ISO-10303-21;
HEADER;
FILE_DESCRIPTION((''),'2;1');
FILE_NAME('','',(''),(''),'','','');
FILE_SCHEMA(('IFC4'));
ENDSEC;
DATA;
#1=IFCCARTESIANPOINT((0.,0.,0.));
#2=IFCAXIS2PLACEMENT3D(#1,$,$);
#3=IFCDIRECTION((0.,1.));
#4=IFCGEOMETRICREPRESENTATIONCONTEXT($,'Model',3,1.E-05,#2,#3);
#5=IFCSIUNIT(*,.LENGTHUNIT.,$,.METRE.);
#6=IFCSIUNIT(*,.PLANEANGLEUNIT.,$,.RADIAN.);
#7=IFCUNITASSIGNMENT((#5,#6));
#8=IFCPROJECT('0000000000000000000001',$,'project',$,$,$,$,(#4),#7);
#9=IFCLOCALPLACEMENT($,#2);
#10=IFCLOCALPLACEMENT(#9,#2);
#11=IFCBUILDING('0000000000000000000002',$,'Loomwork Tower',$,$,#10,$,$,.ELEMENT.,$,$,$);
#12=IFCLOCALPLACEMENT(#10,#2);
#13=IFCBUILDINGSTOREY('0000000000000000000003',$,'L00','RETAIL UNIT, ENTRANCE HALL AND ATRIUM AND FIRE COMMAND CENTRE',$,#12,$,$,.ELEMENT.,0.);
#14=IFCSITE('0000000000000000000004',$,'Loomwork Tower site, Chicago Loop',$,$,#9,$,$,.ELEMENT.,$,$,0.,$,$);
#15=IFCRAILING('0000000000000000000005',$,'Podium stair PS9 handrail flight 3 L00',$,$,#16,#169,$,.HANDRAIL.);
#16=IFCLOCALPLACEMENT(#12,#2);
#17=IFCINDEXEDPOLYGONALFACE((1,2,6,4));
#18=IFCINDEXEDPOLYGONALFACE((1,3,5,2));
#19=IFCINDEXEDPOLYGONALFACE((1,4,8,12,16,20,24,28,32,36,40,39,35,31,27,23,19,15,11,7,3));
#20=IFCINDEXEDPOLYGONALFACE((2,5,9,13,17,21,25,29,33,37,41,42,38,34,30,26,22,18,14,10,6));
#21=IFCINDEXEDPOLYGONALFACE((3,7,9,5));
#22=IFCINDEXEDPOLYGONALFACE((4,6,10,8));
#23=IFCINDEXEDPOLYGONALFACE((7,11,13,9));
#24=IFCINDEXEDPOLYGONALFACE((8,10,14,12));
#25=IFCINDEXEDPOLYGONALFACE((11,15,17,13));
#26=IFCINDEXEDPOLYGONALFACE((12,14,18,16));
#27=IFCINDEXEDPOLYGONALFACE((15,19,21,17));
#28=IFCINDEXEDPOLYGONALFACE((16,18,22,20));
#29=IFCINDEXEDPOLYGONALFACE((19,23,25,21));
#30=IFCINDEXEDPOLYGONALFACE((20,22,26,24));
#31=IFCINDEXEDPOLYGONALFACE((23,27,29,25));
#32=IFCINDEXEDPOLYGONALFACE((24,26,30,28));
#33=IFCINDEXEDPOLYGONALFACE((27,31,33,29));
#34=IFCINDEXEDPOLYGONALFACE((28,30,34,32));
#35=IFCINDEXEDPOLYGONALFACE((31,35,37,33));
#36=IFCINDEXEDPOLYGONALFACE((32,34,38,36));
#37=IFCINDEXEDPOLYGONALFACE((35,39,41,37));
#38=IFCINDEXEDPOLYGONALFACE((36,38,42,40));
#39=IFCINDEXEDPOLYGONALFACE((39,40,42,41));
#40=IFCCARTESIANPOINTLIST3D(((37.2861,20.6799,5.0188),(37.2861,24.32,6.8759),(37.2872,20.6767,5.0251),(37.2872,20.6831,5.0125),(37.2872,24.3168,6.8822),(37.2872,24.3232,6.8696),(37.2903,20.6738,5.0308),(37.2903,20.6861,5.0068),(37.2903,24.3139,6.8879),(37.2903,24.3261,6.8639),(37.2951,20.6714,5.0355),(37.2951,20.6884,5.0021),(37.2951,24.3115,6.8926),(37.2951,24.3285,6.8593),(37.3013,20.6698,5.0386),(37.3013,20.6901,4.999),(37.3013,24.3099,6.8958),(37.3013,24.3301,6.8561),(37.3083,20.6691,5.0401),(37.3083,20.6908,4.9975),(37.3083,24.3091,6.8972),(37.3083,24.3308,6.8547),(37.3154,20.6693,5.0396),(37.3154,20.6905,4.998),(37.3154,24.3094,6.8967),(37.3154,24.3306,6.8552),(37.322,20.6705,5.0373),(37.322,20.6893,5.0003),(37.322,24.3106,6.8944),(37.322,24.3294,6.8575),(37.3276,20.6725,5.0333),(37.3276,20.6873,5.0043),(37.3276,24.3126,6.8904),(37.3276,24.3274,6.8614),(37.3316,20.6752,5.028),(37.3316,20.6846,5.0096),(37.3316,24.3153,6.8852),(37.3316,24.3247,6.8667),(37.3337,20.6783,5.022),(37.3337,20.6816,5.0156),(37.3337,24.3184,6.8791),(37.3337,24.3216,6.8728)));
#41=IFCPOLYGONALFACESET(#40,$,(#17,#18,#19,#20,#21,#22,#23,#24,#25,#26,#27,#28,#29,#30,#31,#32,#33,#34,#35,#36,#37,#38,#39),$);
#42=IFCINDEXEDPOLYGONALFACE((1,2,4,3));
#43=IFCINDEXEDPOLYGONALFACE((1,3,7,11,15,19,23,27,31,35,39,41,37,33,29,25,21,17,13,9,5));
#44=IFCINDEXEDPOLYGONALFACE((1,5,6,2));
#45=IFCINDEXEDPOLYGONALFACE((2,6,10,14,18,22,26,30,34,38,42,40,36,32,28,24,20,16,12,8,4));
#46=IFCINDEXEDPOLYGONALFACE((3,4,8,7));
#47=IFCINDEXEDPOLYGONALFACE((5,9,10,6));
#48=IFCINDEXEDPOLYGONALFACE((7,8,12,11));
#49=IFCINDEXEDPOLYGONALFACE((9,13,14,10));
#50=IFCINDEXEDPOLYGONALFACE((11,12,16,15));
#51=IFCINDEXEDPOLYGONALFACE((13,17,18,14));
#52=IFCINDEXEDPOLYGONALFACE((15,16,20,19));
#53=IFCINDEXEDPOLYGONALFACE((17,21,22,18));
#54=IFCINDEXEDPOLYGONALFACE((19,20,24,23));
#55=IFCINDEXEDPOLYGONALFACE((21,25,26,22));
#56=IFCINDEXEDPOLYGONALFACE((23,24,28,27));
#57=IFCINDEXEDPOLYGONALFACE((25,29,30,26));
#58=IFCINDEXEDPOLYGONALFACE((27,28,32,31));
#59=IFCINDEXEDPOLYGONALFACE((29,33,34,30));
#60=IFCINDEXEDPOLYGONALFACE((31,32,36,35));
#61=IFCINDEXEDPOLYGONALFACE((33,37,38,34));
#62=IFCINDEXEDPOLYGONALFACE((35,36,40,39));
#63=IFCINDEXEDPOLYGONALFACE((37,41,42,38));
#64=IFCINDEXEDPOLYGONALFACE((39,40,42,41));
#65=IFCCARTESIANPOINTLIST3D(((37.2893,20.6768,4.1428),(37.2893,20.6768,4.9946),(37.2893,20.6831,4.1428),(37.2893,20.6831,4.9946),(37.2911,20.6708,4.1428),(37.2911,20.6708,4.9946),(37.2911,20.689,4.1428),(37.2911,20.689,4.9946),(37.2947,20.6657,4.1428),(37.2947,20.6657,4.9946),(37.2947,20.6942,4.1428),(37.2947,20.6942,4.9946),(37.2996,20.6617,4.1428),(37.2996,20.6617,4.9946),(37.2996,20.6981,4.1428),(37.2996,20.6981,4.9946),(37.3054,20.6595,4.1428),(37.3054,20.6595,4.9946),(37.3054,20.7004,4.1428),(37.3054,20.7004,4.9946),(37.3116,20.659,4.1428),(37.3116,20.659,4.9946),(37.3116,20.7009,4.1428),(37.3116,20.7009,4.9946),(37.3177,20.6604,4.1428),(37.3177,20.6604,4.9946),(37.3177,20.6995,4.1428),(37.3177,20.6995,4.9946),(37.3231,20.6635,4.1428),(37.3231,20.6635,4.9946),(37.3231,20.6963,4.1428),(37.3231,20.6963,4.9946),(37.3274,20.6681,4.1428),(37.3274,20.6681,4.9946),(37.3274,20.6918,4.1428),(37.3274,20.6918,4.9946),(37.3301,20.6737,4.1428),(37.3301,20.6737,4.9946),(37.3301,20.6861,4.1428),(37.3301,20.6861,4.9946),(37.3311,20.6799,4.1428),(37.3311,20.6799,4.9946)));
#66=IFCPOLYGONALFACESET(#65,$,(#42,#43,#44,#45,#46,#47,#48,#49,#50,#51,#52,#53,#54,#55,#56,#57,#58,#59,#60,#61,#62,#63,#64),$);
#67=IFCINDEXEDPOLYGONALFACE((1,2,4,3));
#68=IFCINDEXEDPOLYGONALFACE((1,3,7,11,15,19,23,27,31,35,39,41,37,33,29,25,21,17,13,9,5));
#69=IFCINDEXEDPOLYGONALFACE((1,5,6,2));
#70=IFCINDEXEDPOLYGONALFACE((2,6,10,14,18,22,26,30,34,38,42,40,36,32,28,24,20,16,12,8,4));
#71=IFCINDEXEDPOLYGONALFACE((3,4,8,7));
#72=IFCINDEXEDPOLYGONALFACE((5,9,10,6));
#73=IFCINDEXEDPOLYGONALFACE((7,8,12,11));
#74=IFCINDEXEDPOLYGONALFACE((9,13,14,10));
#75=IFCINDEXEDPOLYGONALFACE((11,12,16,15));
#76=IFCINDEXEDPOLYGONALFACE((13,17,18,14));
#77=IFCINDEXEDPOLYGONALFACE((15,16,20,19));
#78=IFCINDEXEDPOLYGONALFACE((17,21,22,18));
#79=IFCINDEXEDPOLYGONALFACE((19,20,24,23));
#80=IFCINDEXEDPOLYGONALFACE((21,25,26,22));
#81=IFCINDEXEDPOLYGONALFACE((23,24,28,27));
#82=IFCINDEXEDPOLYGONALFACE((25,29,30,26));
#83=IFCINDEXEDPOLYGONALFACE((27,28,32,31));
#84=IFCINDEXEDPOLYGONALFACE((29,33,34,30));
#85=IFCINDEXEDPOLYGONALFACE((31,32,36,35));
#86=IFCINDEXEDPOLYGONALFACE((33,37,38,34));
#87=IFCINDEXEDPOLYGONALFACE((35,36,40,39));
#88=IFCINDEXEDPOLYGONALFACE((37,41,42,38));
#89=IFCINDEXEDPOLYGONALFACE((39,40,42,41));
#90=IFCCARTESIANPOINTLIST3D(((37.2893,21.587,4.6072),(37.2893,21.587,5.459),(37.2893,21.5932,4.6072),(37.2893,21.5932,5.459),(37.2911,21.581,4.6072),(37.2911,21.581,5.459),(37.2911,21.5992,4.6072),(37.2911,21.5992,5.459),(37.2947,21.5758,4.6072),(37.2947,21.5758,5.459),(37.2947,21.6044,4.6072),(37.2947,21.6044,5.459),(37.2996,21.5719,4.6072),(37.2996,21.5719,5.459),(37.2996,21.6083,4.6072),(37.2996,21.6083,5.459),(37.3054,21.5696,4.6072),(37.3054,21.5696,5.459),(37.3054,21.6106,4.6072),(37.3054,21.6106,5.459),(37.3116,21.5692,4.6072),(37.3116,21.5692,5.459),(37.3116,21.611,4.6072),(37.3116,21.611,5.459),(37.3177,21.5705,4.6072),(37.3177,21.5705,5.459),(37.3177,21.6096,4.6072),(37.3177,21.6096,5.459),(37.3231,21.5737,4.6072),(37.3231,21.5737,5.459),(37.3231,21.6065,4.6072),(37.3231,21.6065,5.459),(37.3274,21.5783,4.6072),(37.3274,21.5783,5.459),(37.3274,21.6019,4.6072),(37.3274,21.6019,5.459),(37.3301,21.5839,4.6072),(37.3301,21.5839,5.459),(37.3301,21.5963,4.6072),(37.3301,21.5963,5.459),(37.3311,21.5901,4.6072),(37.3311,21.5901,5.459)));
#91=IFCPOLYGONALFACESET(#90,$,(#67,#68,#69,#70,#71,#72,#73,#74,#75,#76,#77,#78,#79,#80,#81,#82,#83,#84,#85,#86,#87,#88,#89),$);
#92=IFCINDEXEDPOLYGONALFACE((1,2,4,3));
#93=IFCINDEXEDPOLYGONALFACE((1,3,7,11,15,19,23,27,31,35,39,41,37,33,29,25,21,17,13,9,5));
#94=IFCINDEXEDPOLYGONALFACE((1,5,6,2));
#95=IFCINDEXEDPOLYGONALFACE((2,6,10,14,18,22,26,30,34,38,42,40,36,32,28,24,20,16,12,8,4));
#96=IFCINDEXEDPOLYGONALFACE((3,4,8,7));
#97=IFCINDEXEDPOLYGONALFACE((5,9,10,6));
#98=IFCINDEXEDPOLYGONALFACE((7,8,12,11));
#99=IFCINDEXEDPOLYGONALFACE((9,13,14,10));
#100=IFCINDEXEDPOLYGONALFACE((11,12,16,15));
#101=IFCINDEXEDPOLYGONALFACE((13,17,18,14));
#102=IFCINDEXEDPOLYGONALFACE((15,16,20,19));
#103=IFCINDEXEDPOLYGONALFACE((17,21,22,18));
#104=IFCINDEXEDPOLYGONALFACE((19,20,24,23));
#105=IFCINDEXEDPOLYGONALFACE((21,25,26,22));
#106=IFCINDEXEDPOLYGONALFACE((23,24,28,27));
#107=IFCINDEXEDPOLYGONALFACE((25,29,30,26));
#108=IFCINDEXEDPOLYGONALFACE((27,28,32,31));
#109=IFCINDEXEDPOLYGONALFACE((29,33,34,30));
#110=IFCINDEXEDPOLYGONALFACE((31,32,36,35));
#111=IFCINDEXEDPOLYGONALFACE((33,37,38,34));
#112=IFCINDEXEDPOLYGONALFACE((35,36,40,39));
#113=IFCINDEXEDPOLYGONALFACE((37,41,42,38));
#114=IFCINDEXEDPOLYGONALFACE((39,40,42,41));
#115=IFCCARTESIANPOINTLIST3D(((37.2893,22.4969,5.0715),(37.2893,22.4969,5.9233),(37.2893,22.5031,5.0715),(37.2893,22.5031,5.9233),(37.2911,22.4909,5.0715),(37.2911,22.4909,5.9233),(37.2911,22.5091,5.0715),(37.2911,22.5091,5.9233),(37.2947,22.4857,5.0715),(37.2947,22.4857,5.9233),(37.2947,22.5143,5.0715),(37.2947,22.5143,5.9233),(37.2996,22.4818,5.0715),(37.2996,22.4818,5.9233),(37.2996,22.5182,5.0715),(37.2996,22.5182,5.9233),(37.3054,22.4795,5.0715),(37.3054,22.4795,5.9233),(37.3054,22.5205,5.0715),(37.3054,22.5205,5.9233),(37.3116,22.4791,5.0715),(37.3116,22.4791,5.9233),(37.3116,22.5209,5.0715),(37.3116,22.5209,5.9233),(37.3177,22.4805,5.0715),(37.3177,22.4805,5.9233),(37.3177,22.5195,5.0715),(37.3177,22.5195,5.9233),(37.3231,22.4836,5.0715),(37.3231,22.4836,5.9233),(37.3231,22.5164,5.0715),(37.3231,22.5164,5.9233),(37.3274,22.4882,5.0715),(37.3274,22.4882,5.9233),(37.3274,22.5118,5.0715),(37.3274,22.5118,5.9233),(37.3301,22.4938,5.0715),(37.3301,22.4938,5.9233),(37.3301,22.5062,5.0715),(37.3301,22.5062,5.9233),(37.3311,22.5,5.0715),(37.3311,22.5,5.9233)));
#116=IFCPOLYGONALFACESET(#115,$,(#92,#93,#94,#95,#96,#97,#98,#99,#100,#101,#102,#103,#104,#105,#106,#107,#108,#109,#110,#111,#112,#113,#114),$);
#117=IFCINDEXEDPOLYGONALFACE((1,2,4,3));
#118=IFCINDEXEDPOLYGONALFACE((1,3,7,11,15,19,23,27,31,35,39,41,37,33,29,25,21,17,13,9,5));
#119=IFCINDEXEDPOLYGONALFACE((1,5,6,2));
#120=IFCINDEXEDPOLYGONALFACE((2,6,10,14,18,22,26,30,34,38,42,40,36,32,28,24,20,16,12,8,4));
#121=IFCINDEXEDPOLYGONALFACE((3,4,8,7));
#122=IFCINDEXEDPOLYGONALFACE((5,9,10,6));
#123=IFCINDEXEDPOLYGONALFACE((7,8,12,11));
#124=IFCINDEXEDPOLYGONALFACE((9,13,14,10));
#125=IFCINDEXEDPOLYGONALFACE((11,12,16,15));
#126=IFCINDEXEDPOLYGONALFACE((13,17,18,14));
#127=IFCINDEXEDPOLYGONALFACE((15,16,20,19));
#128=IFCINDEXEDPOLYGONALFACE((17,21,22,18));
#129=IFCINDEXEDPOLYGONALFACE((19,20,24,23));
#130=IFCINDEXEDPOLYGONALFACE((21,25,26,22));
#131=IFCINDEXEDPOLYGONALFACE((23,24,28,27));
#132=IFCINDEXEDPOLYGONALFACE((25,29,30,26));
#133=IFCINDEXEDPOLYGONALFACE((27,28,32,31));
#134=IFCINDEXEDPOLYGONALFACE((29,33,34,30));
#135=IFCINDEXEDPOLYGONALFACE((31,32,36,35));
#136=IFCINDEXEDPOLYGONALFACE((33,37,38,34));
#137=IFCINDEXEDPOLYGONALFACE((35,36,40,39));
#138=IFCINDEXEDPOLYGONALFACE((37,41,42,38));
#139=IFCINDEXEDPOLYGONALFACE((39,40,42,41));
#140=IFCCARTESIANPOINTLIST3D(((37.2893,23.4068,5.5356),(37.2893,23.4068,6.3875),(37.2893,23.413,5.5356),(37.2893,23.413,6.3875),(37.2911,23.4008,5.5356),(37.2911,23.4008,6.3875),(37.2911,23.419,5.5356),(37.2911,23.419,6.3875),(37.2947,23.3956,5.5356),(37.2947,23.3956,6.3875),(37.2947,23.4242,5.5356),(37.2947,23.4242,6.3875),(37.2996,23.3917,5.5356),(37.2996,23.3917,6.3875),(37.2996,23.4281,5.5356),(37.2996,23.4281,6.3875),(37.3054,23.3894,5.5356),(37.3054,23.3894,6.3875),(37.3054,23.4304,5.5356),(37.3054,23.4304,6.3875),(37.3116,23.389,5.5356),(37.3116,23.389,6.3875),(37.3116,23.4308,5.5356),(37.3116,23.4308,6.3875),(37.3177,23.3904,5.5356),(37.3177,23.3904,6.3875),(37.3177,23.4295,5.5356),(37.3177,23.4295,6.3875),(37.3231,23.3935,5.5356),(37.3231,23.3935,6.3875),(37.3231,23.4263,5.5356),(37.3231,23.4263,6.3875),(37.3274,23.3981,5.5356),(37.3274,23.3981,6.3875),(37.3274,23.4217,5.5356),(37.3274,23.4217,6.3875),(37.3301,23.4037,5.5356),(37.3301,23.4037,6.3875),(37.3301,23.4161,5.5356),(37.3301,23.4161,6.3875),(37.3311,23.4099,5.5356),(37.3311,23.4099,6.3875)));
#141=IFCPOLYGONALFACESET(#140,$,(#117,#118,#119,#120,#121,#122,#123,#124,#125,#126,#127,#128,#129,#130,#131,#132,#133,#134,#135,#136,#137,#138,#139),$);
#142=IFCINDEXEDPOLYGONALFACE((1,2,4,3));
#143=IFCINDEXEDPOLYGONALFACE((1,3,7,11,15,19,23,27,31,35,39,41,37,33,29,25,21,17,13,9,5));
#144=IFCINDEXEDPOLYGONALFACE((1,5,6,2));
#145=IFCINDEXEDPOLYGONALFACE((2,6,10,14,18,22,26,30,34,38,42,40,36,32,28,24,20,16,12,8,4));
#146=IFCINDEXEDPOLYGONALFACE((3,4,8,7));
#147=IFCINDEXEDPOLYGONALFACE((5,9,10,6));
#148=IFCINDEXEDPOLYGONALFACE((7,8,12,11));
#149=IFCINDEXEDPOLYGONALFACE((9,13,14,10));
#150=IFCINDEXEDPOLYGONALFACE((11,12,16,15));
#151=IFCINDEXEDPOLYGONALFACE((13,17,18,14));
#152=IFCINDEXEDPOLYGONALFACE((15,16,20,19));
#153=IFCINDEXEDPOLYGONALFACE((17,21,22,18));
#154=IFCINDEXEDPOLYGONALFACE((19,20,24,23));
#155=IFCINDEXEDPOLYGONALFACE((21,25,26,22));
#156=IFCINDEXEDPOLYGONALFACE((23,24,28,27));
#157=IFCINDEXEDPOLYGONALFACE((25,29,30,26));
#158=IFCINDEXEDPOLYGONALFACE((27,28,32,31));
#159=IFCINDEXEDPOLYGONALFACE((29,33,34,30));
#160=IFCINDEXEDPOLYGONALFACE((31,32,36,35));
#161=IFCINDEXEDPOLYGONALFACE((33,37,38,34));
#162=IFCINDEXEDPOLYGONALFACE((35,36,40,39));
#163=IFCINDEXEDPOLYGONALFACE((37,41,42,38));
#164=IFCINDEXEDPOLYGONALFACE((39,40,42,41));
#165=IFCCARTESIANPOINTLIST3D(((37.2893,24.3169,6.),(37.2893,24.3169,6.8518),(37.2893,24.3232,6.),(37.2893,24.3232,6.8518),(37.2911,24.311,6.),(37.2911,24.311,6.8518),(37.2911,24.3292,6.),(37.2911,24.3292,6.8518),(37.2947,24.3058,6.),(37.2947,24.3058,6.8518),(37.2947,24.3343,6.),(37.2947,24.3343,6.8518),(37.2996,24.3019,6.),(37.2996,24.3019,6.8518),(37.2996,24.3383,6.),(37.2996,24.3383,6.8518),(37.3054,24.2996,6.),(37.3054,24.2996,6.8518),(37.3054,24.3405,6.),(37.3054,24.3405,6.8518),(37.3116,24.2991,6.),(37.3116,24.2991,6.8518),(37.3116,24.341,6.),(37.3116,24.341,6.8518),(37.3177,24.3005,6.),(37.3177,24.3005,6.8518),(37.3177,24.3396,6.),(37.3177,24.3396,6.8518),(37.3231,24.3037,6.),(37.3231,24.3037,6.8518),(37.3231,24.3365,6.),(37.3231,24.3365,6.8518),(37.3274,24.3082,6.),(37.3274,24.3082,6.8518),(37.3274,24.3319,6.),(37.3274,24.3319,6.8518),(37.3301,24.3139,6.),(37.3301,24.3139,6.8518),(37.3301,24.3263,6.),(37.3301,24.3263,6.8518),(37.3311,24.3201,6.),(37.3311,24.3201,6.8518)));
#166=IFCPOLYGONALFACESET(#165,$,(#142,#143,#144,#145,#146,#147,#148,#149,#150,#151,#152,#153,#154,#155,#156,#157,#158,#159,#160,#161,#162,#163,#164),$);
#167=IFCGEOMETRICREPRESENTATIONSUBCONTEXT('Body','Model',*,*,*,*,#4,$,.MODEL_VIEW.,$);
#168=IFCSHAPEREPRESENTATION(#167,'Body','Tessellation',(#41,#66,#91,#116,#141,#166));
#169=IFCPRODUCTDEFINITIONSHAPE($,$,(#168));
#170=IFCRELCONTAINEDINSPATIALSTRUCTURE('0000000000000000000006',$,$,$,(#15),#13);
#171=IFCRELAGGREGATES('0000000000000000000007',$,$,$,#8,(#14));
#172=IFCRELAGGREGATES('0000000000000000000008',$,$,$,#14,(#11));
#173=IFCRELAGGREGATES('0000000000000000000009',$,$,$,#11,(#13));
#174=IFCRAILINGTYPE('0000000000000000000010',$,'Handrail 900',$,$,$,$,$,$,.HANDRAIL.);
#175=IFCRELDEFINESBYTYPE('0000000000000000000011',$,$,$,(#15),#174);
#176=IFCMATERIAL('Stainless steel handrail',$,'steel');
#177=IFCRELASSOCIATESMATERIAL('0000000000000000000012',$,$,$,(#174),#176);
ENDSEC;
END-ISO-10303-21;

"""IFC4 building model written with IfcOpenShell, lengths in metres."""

from ifc_helpers import new_model, si_unit, direction, frame, origin, origin_2d, place, context, subcontext, project, spatial, circle, extrude, material, type_object, element, save


model = new_model("IFC4")

# Units and contexts
model_context = context("Model", 3, precision=1e-05, world=origin(), true_north=direction((0.0, 1.0)))
body_context = subcontext(model_context, "Body", "Model", "MODEL_VIEW")
ifc_project = project(units=[si_unit("LENGTHUNIT", "METRE"), si_unit("PLANEANGLEUNIT", "RADIAN")], contexts=[model_context])

# Site, building, storey
site_placement = place(None, origin())
site = spatial("IfcSite", under=ifc_project, at=site_placement, Name="Loomwork Tower site, Chicago Loop", CompositionType="ELEMENT", RefElevation=0.0)
building_placement = place(site_placement, origin())
building = spatial("IfcBuilding", under=site, at=building_placement, Name="Loomwork Tower", CompositionType="ELEMENT")
storey_placement = place(building_placement, origin())
storey = spatial("IfcBuildingStorey", under=building, at=storey_placement, Name="L00", Description="RETAIL UNIT, ENTRANCE HALL AND ATRIUM AND FIRE COMMAND CENTRE", CompositionType="ELEMENT", Elevation=0.0)

# Railing
ifc_material_1 = material(Name="Stainless steel handrail", Category="steel")
railing_type = type_object("IfcRailingType", Name="Handrail 900", PredefinedType="HANDRAIL", material=ifc_material_1)
railing_1_placement = place(storey_placement, frame((37.3101, 20.6799, 4.1428)))
element("IfcRailing", 1, at=railing_1_placement, inside=storey, type_object=railing_type, Name="Podium stair PS9 handrail flight 3 L00", PredefinedType="HANDRAIL", context=body_context, shape_type="SweptSolid", body=[
    extrude(circle(Radius=0.0239, at=origin_2d()), frame((0.0, 0.0, 0.876), z_axis=(0.0, 0.890765, 0.454464), x_axis=(-1.0, 0.0, 0.0)), (0.0, 0.0, 1.0), 4.0864),
    extrude(circle(Radius=0.021, at=origin_2d()), origin(), (0.0, 0.0, 1.0), 0.8518),
    extrude(circle(Radius=0.021, at=origin_2d()), frame((0.0, 0.9102, 0.4644)), (0.0, 0.0, 1.0), 0.8518),
    extrude(circle(Radius=0.021, at=origin_2d()), frame((0.0, 1.8201, 0.9287)), (0.0, 0.0, 1.0), 0.8518),
    extrude(circle(Radius=0.021, at=origin_2d()), frame((0.0, 2.73, 1.3928)), (0.0, 0.0, 1.0), 0.8518),
    extrude(circle(Radius=0.021, at=origin_2d()), frame((0.0, 3.6401, 1.8572)), (0.0, 0.0, 1.0), 0.8518),
])

save(model, "model.ifc")
